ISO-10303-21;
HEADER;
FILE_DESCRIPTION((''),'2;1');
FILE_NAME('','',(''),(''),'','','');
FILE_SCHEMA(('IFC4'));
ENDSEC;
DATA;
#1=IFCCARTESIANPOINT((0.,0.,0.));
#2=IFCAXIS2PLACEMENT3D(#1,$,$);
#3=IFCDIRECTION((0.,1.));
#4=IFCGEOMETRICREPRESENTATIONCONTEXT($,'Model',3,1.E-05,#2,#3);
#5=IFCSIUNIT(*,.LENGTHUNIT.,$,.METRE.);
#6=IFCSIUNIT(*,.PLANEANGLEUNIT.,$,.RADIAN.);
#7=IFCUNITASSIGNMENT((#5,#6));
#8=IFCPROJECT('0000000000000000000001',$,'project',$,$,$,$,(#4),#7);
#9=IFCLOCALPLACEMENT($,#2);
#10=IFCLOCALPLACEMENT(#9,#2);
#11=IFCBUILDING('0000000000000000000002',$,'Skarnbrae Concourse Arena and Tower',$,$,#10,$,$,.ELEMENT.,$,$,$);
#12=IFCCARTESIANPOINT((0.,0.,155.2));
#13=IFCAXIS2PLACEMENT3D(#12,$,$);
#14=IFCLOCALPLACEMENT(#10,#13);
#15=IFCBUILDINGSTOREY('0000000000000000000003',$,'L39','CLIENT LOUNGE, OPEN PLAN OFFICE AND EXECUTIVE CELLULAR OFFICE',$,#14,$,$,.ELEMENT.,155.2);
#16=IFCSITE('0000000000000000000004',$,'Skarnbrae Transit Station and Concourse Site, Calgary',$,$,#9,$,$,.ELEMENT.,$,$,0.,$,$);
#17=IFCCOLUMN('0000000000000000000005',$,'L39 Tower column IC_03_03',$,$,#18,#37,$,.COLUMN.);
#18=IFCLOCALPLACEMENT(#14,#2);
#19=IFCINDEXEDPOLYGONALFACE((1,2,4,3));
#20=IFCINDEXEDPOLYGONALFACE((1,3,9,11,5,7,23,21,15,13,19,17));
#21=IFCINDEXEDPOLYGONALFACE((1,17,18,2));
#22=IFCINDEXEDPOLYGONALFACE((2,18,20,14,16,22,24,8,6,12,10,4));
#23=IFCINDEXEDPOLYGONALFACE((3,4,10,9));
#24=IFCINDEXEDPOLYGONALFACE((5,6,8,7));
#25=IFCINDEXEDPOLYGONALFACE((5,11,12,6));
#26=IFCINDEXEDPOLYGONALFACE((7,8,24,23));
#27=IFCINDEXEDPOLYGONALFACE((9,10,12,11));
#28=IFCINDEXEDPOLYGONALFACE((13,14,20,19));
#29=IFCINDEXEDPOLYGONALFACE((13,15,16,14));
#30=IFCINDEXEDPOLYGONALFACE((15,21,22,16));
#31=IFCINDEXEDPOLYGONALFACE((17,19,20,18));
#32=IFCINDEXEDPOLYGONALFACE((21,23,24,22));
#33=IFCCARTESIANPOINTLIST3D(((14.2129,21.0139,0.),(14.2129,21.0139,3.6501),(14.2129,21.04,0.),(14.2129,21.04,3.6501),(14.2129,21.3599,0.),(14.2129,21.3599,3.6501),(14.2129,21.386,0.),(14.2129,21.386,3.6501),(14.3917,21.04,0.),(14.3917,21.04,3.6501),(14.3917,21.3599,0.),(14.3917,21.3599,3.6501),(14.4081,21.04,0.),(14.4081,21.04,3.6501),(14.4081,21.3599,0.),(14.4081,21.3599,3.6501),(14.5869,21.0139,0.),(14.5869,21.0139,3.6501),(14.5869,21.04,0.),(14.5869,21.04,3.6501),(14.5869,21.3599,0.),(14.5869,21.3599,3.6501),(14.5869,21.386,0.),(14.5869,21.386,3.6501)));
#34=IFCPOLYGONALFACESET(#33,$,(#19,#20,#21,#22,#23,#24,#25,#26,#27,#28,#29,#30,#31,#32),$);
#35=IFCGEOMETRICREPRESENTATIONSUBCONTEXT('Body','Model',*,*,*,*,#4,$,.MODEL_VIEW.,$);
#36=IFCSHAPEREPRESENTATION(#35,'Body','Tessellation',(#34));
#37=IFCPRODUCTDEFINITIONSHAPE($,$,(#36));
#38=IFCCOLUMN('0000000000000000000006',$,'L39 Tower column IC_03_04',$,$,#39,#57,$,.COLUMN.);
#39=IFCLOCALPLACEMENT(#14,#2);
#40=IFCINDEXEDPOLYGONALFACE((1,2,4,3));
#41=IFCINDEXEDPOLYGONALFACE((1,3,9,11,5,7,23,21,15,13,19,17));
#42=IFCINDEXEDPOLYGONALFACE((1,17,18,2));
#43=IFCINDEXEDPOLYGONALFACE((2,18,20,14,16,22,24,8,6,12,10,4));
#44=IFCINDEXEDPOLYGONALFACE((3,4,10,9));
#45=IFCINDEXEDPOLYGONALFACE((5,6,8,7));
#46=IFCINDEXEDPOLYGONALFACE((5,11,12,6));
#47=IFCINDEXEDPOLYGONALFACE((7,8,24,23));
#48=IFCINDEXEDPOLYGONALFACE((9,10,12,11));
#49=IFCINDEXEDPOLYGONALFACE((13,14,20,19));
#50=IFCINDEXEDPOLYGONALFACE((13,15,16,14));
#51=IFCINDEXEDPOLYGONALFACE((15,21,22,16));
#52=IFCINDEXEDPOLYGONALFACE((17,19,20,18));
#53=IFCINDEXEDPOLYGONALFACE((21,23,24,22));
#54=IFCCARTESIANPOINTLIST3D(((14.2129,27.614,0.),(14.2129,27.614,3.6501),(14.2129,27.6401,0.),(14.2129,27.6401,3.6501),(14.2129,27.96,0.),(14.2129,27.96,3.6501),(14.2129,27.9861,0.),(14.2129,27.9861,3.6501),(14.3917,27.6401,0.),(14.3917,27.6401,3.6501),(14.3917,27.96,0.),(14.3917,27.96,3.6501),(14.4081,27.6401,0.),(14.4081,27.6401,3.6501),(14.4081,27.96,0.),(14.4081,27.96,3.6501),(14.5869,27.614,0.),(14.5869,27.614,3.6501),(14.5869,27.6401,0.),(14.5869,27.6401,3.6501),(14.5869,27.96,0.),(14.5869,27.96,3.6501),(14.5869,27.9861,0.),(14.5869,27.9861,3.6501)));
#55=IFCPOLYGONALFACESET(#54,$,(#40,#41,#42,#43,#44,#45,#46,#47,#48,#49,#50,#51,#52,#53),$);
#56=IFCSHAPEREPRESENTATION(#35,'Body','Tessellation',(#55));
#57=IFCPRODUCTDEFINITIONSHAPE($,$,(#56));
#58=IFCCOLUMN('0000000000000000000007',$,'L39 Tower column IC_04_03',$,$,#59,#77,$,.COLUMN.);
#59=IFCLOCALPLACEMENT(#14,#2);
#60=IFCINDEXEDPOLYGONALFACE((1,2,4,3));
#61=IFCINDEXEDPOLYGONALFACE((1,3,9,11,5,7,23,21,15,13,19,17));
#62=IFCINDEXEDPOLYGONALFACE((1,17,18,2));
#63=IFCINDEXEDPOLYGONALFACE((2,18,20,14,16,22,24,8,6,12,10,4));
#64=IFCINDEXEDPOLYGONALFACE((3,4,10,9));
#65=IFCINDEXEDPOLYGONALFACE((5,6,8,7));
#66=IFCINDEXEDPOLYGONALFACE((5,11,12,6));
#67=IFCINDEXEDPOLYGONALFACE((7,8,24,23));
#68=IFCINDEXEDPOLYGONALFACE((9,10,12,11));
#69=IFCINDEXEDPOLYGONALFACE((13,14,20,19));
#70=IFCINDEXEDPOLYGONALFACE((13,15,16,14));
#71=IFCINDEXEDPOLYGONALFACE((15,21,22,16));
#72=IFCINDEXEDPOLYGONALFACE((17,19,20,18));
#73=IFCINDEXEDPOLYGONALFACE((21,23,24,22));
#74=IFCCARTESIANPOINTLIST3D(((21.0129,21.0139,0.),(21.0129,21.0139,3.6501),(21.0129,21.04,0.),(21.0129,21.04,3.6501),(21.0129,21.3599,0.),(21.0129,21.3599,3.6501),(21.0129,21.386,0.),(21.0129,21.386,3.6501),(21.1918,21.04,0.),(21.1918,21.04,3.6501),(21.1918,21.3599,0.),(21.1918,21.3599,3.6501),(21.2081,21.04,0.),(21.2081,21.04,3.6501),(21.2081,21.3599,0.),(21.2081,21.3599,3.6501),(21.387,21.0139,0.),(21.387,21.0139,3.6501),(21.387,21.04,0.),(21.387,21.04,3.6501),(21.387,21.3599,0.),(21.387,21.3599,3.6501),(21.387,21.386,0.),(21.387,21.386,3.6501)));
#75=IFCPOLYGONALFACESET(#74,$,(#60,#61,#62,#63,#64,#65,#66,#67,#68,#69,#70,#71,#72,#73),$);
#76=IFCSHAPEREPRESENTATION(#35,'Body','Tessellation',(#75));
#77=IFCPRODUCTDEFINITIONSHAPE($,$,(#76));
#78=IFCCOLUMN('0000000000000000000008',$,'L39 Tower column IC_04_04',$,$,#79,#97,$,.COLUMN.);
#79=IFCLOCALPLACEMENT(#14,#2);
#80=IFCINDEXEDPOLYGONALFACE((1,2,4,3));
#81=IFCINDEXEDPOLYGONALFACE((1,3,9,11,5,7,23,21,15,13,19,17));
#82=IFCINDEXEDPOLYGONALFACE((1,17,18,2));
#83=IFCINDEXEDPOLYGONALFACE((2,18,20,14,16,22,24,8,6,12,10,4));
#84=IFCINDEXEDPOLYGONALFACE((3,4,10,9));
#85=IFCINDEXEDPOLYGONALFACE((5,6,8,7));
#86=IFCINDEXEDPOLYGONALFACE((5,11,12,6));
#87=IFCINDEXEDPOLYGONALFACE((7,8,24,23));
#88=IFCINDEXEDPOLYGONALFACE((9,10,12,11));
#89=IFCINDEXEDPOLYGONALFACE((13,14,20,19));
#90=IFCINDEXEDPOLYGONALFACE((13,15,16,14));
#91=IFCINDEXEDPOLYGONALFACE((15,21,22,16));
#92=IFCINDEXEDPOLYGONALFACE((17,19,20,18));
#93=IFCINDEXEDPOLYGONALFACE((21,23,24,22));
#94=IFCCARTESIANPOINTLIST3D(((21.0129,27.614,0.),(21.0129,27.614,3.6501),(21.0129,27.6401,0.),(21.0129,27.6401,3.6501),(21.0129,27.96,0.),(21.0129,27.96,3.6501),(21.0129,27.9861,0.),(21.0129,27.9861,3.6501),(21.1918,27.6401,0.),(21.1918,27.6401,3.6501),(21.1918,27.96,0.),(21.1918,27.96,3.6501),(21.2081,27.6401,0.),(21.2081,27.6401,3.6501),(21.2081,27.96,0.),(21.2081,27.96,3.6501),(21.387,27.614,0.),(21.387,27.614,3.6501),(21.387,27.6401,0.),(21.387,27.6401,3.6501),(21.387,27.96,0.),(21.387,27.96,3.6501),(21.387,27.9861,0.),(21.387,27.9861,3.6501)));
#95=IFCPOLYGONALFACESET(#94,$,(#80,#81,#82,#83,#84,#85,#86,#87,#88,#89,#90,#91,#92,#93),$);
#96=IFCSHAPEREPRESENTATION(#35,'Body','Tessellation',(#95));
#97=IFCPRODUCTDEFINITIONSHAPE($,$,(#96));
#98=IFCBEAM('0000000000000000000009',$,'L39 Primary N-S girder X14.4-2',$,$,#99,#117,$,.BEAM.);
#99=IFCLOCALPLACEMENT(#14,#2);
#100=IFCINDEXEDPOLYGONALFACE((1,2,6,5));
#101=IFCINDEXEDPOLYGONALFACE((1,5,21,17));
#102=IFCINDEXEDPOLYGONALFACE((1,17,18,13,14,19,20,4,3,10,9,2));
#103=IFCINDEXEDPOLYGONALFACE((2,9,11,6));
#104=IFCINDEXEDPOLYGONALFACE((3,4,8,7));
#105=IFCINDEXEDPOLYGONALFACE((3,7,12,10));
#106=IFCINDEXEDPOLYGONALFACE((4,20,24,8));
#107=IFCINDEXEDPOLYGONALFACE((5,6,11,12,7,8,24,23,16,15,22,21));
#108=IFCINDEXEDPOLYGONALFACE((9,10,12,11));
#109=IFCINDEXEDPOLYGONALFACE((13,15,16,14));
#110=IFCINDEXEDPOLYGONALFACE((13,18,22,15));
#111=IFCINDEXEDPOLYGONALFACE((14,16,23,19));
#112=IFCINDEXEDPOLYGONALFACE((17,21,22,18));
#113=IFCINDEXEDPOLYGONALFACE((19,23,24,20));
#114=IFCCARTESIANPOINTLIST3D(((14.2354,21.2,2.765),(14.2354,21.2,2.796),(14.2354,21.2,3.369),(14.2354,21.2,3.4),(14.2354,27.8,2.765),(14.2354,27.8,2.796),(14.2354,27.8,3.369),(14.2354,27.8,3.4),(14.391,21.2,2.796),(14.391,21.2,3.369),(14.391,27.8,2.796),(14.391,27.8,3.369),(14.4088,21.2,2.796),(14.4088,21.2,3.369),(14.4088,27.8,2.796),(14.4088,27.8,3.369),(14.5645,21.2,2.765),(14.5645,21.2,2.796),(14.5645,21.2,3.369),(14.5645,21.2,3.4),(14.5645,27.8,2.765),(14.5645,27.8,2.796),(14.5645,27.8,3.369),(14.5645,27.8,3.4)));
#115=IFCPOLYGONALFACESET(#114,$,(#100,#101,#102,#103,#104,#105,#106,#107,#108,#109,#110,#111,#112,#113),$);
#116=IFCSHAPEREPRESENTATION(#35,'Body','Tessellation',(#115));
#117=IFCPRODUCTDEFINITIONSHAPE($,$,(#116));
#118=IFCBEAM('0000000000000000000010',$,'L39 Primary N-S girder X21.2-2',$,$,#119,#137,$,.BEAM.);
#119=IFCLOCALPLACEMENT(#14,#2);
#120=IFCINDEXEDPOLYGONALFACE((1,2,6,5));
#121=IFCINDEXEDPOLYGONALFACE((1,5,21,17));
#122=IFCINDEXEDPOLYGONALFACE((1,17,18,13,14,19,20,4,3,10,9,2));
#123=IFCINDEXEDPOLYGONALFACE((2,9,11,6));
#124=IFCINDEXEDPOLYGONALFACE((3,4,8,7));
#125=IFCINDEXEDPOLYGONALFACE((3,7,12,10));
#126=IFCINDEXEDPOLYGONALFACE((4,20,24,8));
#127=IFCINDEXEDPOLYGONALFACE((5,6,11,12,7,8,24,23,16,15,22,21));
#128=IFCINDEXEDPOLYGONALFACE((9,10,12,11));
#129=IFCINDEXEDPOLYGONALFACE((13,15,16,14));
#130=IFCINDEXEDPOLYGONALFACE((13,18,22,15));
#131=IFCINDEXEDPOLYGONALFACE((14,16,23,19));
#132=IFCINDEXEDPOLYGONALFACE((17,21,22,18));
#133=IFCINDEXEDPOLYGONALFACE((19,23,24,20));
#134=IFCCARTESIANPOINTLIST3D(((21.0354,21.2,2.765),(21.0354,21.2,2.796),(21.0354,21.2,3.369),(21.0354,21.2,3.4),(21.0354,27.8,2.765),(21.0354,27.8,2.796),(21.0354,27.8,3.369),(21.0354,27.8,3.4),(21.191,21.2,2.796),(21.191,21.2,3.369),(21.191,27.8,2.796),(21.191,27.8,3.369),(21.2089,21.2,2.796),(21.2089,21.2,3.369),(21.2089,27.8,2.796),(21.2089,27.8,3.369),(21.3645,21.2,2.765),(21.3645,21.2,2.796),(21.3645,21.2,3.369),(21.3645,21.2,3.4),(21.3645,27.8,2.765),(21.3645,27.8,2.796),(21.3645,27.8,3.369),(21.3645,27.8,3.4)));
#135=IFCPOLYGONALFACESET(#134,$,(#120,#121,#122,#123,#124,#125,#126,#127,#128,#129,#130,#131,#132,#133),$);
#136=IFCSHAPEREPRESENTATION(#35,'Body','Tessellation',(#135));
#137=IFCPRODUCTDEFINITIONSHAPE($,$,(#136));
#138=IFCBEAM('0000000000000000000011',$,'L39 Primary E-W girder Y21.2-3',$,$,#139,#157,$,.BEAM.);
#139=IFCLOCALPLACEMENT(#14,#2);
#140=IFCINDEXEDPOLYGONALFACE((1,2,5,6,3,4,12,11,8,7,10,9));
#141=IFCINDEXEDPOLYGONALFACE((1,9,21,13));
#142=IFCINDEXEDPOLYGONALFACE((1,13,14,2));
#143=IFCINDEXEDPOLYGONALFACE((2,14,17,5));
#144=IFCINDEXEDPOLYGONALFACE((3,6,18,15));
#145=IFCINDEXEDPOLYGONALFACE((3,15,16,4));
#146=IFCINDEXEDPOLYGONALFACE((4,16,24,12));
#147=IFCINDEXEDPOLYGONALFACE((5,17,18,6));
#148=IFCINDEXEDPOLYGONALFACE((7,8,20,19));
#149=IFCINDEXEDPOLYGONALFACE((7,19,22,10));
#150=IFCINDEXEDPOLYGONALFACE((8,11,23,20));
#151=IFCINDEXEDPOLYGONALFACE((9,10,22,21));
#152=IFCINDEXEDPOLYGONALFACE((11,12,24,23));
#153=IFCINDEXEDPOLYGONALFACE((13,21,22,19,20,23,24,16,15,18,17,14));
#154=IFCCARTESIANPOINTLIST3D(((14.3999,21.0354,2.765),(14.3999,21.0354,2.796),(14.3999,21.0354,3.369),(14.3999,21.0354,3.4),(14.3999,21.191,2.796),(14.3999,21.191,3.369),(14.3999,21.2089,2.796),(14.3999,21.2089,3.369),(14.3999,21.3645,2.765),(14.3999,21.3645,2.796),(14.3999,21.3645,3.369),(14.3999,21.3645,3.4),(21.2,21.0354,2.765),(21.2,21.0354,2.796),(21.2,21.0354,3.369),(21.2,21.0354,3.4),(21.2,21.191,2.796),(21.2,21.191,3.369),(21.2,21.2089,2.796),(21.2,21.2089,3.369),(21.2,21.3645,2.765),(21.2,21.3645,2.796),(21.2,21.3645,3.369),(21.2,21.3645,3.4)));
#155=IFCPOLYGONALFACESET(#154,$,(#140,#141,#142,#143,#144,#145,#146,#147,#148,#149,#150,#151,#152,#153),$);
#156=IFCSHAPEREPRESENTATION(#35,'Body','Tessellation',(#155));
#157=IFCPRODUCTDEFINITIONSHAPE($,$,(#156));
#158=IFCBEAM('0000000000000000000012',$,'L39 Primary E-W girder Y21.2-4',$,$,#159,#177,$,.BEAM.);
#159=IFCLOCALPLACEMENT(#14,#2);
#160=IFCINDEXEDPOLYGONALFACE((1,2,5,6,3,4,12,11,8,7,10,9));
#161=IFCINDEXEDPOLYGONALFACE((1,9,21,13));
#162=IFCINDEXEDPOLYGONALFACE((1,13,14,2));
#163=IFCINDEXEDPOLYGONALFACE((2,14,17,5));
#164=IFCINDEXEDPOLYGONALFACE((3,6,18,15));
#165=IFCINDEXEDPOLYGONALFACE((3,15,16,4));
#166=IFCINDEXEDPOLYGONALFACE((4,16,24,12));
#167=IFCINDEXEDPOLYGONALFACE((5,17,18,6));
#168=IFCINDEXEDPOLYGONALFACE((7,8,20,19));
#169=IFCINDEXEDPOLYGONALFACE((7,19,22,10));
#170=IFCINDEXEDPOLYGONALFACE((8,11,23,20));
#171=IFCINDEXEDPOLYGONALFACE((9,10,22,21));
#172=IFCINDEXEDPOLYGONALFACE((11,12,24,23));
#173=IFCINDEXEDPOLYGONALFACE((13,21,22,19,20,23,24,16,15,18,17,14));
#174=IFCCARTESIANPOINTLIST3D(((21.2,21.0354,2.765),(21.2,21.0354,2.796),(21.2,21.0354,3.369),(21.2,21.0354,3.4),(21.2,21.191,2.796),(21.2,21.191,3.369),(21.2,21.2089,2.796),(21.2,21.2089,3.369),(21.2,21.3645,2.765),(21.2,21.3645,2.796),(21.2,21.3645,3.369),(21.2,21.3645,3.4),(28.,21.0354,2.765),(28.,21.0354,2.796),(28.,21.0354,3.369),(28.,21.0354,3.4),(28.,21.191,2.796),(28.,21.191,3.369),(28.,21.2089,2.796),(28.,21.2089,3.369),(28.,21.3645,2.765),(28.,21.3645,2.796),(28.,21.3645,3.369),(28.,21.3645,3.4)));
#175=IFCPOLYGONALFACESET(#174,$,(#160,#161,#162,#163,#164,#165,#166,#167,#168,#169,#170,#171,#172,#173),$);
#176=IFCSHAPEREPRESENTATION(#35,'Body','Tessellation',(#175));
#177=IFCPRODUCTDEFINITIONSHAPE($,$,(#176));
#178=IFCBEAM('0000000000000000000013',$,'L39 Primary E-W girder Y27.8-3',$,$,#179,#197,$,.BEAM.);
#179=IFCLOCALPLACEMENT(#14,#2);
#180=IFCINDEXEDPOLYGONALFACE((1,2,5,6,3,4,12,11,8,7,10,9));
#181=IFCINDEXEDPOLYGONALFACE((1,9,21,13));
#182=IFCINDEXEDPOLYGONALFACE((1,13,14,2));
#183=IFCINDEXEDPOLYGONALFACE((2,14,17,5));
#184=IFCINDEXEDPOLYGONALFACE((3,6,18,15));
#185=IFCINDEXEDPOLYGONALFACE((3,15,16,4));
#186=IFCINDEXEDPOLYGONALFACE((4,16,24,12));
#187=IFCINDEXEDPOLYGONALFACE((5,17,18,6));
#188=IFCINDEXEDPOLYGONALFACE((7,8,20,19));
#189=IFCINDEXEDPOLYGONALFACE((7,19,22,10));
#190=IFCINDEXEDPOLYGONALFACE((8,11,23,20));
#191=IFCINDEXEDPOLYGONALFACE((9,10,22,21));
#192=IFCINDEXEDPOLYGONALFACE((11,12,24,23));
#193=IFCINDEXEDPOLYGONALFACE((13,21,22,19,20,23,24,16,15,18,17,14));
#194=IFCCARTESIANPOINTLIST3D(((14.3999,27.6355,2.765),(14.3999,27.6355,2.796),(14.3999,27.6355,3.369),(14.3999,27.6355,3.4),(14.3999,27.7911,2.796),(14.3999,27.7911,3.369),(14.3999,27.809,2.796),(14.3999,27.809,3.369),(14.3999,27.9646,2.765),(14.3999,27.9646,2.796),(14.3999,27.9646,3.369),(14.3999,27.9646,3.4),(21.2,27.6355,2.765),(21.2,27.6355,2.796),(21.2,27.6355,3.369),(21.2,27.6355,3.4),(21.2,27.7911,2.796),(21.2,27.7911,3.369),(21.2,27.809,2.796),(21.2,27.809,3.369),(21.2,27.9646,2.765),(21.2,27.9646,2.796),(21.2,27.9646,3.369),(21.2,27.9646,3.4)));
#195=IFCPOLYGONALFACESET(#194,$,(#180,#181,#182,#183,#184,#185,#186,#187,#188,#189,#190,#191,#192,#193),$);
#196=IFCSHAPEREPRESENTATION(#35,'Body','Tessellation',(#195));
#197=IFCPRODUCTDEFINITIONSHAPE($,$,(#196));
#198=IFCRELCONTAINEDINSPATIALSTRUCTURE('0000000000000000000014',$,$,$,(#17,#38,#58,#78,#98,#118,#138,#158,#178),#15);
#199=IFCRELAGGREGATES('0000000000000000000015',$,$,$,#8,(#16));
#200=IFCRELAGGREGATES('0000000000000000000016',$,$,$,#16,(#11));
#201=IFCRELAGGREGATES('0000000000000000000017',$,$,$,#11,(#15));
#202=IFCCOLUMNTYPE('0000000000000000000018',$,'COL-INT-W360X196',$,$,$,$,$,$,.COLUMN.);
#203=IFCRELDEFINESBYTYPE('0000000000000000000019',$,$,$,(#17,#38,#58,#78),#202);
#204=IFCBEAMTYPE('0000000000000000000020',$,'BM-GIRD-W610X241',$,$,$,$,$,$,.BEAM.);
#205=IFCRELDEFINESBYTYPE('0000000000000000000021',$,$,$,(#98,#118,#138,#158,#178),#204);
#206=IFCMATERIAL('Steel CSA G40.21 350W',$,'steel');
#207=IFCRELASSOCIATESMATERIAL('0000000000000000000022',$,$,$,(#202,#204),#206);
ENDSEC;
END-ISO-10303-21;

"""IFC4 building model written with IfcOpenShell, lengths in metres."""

from ifc_helpers import new_model, si_unit, direction, frame, origin, origin_2d, place, context, subcontext, project, spatial, i_section, extrude, source, transform, mapped, material, material_profile, profile_set, type_object, element, save


model = new_model("IFC4")

# Units and contexts
model_context = context("Model", 3, precision=1e-05, world=origin(), true_north=direction((0.0, 1.0)))
body_context = subcontext(model_context, "Body", "Model", "MODEL_VIEW")
ifc_project = project(units=[si_unit("LENGTHUNIT", "METRE"), si_unit("PLANEANGLEUNIT", "RADIAN")], contexts=[model_context])

# Site, building, storey
site_placement = place(None, origin())
site = spatial("IfcSite", under=ifc_project, at=site_placement, Name="Skarnbrae Transit Station and Concourse Site, Calgary", CompositionType="ELEMENT", RefElevation=0.0)
building_placement = place(site_placement, origin())
building = spatial("IfcBuilding", under=site, at=building_placement, Name="Skarnbrae Concourse Arena and Tower", CompositionType="ELEMENT")
storey_placement = place(building_placement, frame((0.0, 0.0, 155.2)))
storey = spatial("IfcBuildingStorey", under=building, at=storey_placement, Name="L39", Description="CLIENT LOUNGE, OPEN PLAN OFFICE AND EXECUTIVE CELLULAR OFFICE", CompositionType="ELEMENT", Elevation=155.2)

# Columns
ifc_material_1 = material(Name="Steel CSA G40.21 350W", Category="steel")
ifc_material_profile_1 = material_profile(ifc_material_1, i_section(OverallWidth=0.374, OverallDepth=0.3721, WebThickness=0.0164, FlangeThickness=0.0261, at=origin_2d()), Name="W360X196")
ifc_profile_set_1 = profile_set([ifc_material_profile_1], Name="Steel CSA G40.21 350W")
column_type = type_object("IfcColumnType", Name="COL-INT-W360X196", PredefinedType="COLUMN", material=ifc_profile_set_1)
shared_shape_1 = source(origin(), body_context, "Body", "SweptSolid", [
    extrude(i_section(OverallWidth=0.374, OverallDepth=0.3721, WebThickness=0.0164, FlangeThickness=0.0261, at=origin_2d()), origin(), (0.0, 0.0, 1.0), 3.6501),
])
for number, where, z_axis, x_axis, name in (
    (1, (14.3999, 21.2, 0.0), (0.0, 0.0, 1.0), (1.0, 0.0, 0.0), "L39 Tower column IC_03_03"),
    (2, (14.3999, 27.8, 0.0), (0.0, 0.0, 1.0), (1.0, 0.0, 0.0), "L39 Tower column IC_03_04"),
    (3, (21.2, 21.2, 0.0), (0.0, 0.0, 1.0), (1.0, 0.0, 0.0), "L39 Tower column IC_04_03"),
    (4, (21.2, 27.8, 0.0), (0.0, 0.0, 1.0), (1.0, 0.0, 0.0), "L39 Tower column IC_04_04"),
):
    element("IfcColumn", number, at=place(storey_placement, frame(where, z_axis=z_axis, x_axis=x_axis)), inside=storey, type_object=column_type, Name=name, PredefinedType="COLUMN", context=body_context, shape_type="MappedRepresentation", body=[
        mapped(shared_shape_1, transform((0.0, 0.0, 0.0))),
    ])

# Beams
ifc_material_profile_2 = material_profile(ifc_material_1, i_section(OverallWidth=0.3291, OverallDepth=0.635, WebThickness=0.0178, FlangeThickness=0.031, at=origin_2d()), Name="W610X241")
ifc_profile_set_2 = profile_set([ifc_material_profile_2], Name="Steel CSA G40.21 350W")
beam_type_1 = type_object("IfcBeamType", Name="BM-GIRD-W610X241", PredefinedType="BEAM", material=ifc_profile_set_2)
shared_shape_2 = source(origin(), body_context, "Body", "SweptSolid", [
    extrude(i_section(OverallWidth=0.3291, OverallDepth=0.635, WebThickness=0.0178, FlangeThickness=0.031, at=origin_2d()), origin(), (0.0, 0.0, 1.0), 6.6001),
])
for number, where, z_axis, x_axis, name in (
    (5, (14.3999, 21.2, 3.0825), (0.0, 1.0, 0.0), (-1.0, 0.0, 0.0), "L39 Primary N-S girder X14.4-2"),
    (6, (21.2, 21.2, 3.0825), (0.0, 1.0, 0.0), (-1.0, 0.0, 0.0), "L39 Primary N-S girder X21.2-2"),
):
    element("IfcBeam", number, at=place(storey_placement, frame(where, z_axis=z_axis, x_axis=x_axis)), inside=storey, type_object=beam_type_1, Name=name, PredefinedType="BEAM", context=body_context, shape_type="MappedRepresentation", body=[
        mapped(shared_shape_2, transform((0.0, 0.0, 0.0))),
    ])
shared_shape_3 = source(origin(), body_context, "Body", "SweptSolid", [
    extrude(i_section(OverallWidth=0.3291, OverallDepth=0.635, WebThickness=0.0178, FlangeThickness=0.031, at=origin_2d()), origin(), (0.0, 0.0, 1.0), 6.8),
])
for number, where, z_axis, x_axis, name in (
    (7, (14.3999, 21.2, 3.0825), (1.0, 0.0, 0.0), (0.0, 1.0, 0.0), "L39 Primary E-W girder Y21.2-3"),
    (8, (21.2, 21.2, 3.0825), (1.0, 0.0, 0.0), (0.0, 1.0, 0.0), "L39 Primary E-W girder Y21.2-4"),
    (9, (14.3999, 27.8, 3.0825), (1.0, 0.0, 0.0), (0.0, 1.0, 0.0), "L39 Primary E-W girder Y27.8-3"),
):
    element("IfcBeam", number, at=place(storey_placement, frame(where, z_axis=z_axis, x_axis=x_axis)), inside=storey, type_object=beam_type_1, Name=name, PredefinedType="BEAM", context=body_context, shape_type="MappedRepresentation", body=[
        mapped(shared_shape_3, transform((0.0, 0.0, 0.0))),
    ])

save(model, "model.ifc")
